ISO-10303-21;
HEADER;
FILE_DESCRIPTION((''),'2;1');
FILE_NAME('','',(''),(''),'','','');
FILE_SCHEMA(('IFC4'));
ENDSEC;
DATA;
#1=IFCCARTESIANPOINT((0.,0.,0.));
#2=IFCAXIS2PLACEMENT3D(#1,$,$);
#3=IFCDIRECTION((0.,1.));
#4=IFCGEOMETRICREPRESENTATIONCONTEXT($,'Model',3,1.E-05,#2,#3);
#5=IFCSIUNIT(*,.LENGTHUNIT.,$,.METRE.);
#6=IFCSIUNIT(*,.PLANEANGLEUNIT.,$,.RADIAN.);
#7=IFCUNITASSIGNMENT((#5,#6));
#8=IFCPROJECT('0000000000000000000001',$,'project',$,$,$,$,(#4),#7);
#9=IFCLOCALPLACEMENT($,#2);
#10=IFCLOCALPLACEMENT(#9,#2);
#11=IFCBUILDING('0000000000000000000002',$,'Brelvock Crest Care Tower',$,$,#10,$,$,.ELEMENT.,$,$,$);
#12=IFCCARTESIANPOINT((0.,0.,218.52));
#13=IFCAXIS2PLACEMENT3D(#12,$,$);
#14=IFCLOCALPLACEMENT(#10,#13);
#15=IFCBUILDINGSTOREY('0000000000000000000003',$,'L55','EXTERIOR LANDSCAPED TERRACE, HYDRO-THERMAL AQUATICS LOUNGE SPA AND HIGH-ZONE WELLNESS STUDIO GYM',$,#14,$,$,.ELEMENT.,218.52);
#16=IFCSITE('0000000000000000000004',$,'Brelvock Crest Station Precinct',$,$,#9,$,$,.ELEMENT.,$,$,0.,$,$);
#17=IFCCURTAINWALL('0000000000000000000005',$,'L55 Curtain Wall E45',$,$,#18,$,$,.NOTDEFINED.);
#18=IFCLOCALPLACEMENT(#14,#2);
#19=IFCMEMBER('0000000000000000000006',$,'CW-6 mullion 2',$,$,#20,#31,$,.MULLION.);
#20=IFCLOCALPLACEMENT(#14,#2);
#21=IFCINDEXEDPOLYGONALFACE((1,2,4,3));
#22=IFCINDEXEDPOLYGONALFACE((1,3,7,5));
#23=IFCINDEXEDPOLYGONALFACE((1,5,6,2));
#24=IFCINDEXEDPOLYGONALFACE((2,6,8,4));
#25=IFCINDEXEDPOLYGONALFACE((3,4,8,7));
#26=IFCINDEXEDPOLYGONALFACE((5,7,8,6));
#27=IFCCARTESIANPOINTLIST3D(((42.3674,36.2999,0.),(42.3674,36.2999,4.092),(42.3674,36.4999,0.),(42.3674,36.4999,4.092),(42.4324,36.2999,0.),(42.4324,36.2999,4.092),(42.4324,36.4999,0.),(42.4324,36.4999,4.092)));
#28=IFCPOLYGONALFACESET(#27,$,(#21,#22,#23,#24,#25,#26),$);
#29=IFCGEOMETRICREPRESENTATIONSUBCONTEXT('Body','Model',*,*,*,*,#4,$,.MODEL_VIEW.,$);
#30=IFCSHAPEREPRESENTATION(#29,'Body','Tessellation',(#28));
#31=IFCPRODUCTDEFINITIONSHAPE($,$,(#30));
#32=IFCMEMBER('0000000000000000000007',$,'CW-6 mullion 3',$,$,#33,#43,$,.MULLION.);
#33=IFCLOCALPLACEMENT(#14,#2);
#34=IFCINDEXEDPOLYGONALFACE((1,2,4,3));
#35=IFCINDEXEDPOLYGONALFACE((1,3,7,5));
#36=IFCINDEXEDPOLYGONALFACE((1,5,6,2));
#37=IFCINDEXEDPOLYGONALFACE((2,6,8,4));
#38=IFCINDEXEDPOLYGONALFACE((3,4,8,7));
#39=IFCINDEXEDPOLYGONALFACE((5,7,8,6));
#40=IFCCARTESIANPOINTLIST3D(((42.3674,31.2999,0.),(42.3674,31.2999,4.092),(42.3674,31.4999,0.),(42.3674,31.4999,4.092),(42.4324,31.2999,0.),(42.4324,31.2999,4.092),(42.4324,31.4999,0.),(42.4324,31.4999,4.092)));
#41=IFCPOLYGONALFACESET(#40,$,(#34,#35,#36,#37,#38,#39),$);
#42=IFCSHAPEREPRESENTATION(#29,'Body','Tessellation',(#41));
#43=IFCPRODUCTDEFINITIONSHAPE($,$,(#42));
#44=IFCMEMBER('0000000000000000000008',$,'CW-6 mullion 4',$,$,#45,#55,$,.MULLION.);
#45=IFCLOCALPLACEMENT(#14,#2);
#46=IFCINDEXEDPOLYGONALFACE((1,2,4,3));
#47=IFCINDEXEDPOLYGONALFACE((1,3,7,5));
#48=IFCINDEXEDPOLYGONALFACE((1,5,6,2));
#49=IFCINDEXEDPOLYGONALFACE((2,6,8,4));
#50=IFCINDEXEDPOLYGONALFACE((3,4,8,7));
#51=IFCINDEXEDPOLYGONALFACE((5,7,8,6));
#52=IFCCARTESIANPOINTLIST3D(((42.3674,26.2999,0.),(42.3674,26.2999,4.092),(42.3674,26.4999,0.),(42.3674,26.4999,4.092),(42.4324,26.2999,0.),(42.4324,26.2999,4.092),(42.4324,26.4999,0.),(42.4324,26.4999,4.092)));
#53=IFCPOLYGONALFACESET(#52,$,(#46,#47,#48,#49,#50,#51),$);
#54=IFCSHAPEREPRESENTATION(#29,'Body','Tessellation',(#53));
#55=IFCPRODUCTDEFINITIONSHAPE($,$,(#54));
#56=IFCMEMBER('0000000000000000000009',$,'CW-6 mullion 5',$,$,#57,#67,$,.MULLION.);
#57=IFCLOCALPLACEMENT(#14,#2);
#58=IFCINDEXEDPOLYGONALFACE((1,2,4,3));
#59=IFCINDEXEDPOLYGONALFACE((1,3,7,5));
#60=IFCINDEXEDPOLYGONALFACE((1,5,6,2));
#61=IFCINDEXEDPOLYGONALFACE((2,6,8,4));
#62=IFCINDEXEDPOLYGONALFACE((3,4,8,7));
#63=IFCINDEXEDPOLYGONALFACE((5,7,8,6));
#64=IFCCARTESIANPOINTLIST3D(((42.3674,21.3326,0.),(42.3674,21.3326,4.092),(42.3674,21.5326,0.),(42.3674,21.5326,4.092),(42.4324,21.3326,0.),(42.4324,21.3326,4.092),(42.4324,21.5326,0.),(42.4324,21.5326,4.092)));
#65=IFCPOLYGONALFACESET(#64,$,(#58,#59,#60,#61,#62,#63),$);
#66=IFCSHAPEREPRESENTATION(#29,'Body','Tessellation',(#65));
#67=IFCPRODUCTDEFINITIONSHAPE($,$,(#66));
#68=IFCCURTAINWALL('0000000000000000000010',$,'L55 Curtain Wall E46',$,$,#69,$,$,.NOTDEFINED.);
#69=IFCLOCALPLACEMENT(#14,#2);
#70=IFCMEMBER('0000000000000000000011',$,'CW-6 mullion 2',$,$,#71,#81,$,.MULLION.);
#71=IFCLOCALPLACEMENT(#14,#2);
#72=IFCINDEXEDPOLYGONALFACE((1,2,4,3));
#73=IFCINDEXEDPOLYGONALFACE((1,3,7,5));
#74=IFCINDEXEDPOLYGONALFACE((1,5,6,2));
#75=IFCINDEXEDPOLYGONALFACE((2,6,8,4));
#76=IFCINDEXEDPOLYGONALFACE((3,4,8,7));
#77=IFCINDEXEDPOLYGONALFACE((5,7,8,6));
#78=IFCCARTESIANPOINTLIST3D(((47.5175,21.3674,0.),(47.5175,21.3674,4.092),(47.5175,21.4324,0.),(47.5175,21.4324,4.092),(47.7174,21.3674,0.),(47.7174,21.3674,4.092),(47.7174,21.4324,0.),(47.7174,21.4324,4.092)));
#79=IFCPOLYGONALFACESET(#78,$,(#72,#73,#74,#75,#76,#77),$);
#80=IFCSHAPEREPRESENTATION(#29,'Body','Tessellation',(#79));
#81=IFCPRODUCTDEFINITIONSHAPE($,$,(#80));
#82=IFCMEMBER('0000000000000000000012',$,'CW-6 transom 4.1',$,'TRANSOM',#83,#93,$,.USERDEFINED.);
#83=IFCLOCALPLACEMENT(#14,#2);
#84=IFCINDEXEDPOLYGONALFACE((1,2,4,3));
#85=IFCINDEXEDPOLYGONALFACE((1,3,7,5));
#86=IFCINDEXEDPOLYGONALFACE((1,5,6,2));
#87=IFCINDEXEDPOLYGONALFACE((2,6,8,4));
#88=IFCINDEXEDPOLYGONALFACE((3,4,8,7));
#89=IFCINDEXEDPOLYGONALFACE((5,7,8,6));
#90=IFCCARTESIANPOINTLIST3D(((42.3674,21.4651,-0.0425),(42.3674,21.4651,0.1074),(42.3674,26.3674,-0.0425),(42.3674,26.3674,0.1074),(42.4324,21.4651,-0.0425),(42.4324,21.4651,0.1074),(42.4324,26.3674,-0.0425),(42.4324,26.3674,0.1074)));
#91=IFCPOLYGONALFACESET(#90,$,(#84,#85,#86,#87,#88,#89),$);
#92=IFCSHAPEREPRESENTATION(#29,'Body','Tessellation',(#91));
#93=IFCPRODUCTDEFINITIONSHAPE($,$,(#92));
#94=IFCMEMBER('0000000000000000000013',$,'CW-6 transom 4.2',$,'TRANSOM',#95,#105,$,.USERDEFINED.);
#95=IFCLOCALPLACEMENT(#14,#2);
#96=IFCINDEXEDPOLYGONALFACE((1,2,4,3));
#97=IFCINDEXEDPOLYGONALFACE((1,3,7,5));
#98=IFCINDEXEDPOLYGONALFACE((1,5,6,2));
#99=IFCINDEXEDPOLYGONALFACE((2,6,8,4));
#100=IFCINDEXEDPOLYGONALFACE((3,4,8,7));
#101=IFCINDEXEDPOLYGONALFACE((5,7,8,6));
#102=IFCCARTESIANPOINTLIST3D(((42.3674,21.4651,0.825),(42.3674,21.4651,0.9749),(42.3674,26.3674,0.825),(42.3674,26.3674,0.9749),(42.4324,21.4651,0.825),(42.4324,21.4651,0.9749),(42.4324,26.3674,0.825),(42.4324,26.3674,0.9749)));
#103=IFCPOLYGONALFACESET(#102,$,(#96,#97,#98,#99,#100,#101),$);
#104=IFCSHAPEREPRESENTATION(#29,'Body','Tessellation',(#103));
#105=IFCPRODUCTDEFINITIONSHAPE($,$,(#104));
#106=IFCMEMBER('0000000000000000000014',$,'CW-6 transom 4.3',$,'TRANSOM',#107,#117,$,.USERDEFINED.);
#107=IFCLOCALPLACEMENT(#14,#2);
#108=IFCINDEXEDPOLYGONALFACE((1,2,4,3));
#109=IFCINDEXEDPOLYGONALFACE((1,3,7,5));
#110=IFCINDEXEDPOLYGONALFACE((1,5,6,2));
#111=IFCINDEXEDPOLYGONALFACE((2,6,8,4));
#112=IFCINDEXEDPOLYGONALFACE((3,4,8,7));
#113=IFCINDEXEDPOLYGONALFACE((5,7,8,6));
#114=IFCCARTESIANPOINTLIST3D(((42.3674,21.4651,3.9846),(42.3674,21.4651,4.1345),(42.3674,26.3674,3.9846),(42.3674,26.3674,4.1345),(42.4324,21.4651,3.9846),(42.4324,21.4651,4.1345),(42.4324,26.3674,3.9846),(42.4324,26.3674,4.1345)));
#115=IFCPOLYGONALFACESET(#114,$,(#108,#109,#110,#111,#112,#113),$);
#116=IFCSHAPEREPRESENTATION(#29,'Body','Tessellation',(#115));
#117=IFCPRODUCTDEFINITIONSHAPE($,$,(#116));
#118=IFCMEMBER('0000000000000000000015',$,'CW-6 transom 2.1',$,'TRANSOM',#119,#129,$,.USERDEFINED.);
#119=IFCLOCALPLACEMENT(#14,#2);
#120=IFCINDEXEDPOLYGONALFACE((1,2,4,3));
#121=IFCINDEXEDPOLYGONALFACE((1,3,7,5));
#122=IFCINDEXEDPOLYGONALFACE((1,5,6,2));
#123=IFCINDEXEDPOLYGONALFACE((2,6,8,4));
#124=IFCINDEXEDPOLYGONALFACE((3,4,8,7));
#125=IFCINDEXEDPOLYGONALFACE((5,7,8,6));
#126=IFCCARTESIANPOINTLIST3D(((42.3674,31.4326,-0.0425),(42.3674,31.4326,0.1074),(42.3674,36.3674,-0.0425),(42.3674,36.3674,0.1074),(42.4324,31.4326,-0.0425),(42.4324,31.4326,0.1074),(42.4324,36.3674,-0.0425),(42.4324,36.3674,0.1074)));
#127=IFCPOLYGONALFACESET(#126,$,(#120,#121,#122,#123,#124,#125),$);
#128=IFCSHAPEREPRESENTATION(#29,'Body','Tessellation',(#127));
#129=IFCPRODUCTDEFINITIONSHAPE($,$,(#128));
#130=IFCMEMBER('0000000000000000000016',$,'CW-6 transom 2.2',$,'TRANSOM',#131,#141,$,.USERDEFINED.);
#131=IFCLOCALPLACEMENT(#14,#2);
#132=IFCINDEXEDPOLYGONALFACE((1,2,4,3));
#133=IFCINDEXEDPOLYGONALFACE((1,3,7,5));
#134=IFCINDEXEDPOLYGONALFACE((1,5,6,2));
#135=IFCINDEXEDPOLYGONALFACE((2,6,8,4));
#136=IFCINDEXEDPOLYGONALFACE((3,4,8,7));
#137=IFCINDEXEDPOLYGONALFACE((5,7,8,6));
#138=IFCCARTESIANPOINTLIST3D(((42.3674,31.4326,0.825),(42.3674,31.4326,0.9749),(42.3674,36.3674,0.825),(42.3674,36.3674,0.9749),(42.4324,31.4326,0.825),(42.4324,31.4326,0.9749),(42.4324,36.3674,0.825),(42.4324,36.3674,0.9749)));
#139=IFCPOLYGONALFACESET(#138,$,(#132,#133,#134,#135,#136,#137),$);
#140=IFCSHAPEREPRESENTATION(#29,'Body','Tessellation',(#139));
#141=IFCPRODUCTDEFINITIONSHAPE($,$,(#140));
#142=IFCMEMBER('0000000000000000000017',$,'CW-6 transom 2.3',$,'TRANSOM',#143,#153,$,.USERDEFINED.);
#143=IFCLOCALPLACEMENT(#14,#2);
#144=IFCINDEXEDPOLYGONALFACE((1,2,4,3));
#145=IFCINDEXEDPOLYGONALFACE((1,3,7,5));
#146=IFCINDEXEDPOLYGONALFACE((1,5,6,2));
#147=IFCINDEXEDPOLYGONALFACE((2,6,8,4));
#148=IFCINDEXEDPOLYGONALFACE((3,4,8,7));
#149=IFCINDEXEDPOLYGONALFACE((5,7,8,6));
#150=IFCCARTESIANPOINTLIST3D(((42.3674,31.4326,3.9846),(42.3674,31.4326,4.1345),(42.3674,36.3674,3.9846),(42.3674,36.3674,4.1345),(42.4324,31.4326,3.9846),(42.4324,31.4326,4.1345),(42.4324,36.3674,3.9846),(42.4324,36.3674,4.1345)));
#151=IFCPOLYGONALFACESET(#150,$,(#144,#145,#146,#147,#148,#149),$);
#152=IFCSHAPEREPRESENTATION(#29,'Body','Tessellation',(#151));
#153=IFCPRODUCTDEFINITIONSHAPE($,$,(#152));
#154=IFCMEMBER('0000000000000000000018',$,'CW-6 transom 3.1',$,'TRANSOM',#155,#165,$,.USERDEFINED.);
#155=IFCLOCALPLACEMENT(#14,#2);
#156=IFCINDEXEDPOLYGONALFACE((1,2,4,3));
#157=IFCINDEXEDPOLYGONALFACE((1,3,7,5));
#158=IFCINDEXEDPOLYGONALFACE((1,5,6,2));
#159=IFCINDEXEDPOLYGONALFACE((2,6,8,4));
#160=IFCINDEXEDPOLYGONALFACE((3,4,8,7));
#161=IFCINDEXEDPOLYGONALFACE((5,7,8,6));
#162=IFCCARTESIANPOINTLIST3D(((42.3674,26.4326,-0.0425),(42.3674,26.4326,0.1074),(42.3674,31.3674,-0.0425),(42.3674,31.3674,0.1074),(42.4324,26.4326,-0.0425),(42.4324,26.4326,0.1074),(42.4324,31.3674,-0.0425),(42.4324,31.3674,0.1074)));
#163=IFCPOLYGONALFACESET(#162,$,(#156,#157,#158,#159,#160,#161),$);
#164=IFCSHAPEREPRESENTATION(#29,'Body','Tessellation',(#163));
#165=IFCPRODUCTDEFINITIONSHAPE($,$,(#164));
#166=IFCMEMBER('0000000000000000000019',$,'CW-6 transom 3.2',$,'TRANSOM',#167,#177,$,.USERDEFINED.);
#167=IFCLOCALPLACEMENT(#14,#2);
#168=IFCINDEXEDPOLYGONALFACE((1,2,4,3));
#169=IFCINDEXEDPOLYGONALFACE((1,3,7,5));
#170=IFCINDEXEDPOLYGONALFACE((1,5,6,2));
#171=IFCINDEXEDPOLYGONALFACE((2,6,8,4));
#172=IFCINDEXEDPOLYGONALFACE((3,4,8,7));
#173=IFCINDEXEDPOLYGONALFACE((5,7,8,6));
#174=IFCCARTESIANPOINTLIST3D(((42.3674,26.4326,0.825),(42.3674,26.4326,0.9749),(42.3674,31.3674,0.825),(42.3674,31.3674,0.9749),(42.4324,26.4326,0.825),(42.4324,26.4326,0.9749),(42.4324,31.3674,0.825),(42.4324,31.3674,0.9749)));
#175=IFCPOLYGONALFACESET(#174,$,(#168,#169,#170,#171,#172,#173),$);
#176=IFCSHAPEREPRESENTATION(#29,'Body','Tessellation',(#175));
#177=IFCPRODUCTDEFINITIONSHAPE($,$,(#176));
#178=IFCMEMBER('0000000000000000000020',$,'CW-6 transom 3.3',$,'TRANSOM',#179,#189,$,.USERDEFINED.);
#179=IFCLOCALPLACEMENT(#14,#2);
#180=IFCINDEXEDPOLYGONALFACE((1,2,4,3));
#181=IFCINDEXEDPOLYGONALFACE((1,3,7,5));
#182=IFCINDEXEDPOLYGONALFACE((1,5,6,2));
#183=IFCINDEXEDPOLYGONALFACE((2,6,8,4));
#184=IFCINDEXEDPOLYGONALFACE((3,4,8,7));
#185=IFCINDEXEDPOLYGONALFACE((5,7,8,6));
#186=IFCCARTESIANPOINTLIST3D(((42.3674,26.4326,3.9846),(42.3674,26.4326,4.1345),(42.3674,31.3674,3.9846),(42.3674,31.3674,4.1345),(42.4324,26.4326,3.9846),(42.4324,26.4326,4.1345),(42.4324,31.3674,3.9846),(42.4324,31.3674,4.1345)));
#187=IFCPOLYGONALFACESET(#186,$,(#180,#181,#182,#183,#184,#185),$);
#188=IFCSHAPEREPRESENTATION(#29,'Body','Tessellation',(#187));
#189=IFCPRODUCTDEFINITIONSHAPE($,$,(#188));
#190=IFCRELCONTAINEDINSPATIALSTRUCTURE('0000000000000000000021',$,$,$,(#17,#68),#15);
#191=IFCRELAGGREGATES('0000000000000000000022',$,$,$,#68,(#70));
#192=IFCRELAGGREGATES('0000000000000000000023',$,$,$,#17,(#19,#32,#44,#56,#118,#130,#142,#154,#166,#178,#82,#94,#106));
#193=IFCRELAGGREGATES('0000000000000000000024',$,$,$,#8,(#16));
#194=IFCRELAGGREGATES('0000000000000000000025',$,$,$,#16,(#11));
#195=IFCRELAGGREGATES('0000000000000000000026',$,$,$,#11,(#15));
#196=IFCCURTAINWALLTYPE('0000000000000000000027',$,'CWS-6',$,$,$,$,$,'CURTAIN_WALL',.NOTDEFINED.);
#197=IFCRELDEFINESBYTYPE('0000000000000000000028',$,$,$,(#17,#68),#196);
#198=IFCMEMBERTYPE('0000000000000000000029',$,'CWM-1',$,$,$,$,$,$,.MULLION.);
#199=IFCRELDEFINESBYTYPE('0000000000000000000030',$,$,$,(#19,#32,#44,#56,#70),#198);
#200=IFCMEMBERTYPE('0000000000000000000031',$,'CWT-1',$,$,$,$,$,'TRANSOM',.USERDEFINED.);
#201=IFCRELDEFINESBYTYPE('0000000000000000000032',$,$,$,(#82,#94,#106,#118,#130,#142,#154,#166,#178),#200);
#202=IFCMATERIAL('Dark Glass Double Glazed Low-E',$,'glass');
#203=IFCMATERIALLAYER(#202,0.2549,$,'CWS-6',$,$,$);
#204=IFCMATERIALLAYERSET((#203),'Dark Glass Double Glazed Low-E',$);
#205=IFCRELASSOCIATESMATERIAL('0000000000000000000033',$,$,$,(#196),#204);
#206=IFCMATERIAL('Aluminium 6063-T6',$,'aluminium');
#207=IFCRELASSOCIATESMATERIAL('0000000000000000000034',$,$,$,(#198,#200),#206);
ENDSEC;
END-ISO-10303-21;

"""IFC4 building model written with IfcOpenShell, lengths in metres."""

from ifc_helpers import new_model, si_unit, direction, frame, origin, origin_2d, place, context, subcontext, project, spatial, rectangle, extrude, source, transform, mapped, material, layer, layer_set, material_profile, profile_set, type_object, element, aggregate, save


model = new_model("IFC4")

# Units and contexts
model_context = context("Model", 3, precision=1e-05, world=origin(), true_north=direction((0.0, 1.0)))
body_context = subcontext(model_context, "Body", "Model", "MODEL_VIEW")
ifc_project = project(units=[si_unit("LENGTHUNIT", "METRE"), si_unit("PLANEANGLEUNIT", "RADIAN")], contexts=[model_context])

# Site, building, storey
site_placement = place(None, origin())
site = spatial("IfcSite", under=ifc_project, at=site_placement, Name="Brelvock Crest Station Precinct", CompositionType="ELEMENT", RefElevation=0.0)
building_placement = place(site_placement, origin())
building = spatial("IfcBuilding", under=site, at=building_placement, Name="Brelvock Crest Care Tower", CompositionType="ELEMENT")
storey_placement = place(building_placement, frame((0.0, 0.0, 218.52)))
storey = spatial("IfcBuildingStorey", under=building, at=storey_placement, Name="L55", Description="EXTERIOR LANDSCAPED TERRACE, HYDRO-THERMAL AQUATICS LOUNGE SPA AND HIGH-ZONE WELLNESS STUDIO GYM", CompositionType="ELEMENT", Elevation=218.52)

# Curtain wall, members
ifc_material_1 = material(Name="Dark Glass Double Glazed Low-E", Category="glass")
ifc_layer_1 = layer(ifc_material_1, 0.2549, Name="CWS-6")
ifc_layer_set_1 = layer_set([ifc_layer_1], Name="Dark Glass Double Glazed Low-E")
curtain_wall_type = type_object("IfcCurtainWallType", Name="CWS-6", ElementType="CURTAIN_WALL", PredefinedType="NOTDEFINED", material=ifc_layer_set_1)
curtain_wall_1_placement = place(storey_placement, origin())
curtain_wall_1 = element("IfcCurtainWall", 1, at=curtain_wall_1_placement, inside=storey, type_object=curtain_wall_type, Name="L55 Curtain Wall E45", PredefinedType="NOTDEFINED")
ifc_material_2 = material(Name="Aluminium 6063-T6", Category="aluminium")
ifc_material_profile_1 = material_profile(ifc_material_2, rectangle(XDim=0.0649, YDim=0.2, at=origin_2d()), Name="ALU65x200")
ifc_profile_set_1 = profile_set([ifc_material_profile_1], Name="Aluminium 6063-T6")
member_type_1 = type_object("IfcMemberType", Name="CWM-1", PredefinedType="MULLION", material=ifc_profile_set_1)
shared_shape_1 = source(origin(), body_context, "Body", "SweptSolid", [
    extrude(rectangle(XDim=0.0649, YDim=0.2, at=origin_2d()), origin(), (0.0, 0.0, 1.0), 4.092),
])
member_1_placement = place(storey_placement, frame((42.3999, 36.3999, 0.0), z_axis=(0.0, 0.0, 1.0), x_axis=(1.0, 0.0, 0.0)))
member_1 = element("IfcMember", 2, at=member_1_placement, type_object=member_type_1, Name="CW-6 mullion 2", PredefinedType="MULLION", context=body_context, shape_type="MappedRepresentation", body=[
    mapped(shared_shape_1, transform((0.0, 0.0, 0.0), x_axis=(1.0, 0.0, 0.0), y_axis=(0.0, 1.0, 0.0), z_axis=(0.0, 0.0, 1.0), scale=1.0)),
])
member_2_placement = place(storey_placement, frame((42.3999, 31.3999, 0.0), z_axis=(0.0, 0.0, 1.0), x_axis=(1.0, 0.0, 0.0)))
member_2 = element("IfcMember", 3, at=member_2_placement, type_object=member_type_1, Name="CW-6 mullion 3", PredefinedType="MULLION", context=body_context, shape_type="MappedRepresentation", body=[
    mapped(shared_shape_1, transform((0.0, 0.0, 0.0), x_axis=(1.0, 0.0, 0.0), y_axis=(0.0, 1.0, 0.0), z_axis=(0.0, 0.0, 1.0), scale=1.0)),
])
member_3_placement = place(storey_placement, frame((42.3999, 26.3999, 0.0), z_axis=(0.0, 0.0, 1.0), x_axis=(1.0, 0.0, 0.0)))
member_3 = element("IfcMember", 4, at=member_3_placement, type_object=member_type_1, Name="CW-6 mullion 4", PredefinedType="MULLION", context=body_context, shape_type="MappedRepresentation", body=[
    mapped(shared_shape_1, transform((0.0, 0.0, 0.0), x_axis=(1.0, 0.0, 0.0), y_axis=(0.0, 1.0, 0.0), z_axis=(0.0, 0.0, 1.0), scale=1.0)),
])
member_4_placement = place(storey_placement, frame((42.3999, 21.4326, 0.0), z_axis=(0.0, 0.0, 1.0), x_axis=(1.0, 0.0, 0.0)))
member_4 = element("IfcMember", 5, at=member_4_placement, type_object=member_type_1, Name="CW-6 mullion 5", PredefinedType="MULLION", context=body_context, shape_type="MappedRepresentation", body=[
    mapped(shared_shape_1, transform((0.0, 0.0, 0.0), x_axis=(1.0, 0.0, 0.0), y_axis=(0.0, 1.0, 0.0), z_axis=(0.0, 0.0, 1.0), scale=1.0)),
])

# Curtain wall, member
curtain_wall_2_placement = place(storey_placement, origin())
curtain_wall_2 = element("IfcCurtainWall", 6, at=curtain_wall_2_placement, inside=storey, type_object=curtain_wall_type, Name="L55 Curtain Wall E46", PredefinedType="NOTDEFINED")
member_5_placement = place(storey_placement, frame((47.6174, 21.3999, 0.0), z_axis=(0.0, 0.0, 1.0), x_axis=(0.0, 1.0, 0.0)))
member_5 = element("IfcMember", 7, at=member_5_placement, type_object=member_type_1, Name="CW-6 mullion 2", PredefinedType="MULLION", context=body_context, shape_type="MappedRepresentation", body=[
    mapped(shared_shape_1, transform((0.0, 0.0, 0.0), x_axis=(1.0, 0.0, 0.0), y_axis=(0.0, 1.0, 0.0), z_axis=(0.0, 0.0, 1.0), scale=1.0)),
])

# Members
ifc_material_profile_2 = material_profile(ifc_material_2, rectangle(XDim=0.0649, YDim=0.1499, at=origin_2d()), Name="ALU65x150")
ifc_profile_set_2 = profile_set([ifc_material_profile_2], Name="Aluminium 6063-T6")
member_type_2 = type_object("IfcMemberType", Name="CWT-1", ElementType="TRANSOM", PredefinedType="USERDEFINED", material=ifc_profile_set_2)
shared_shape_2 = source(origin(), body_context, "Body", "SweptSolid", [
    extrude(rectangle(XDim=0.0649, YDim=0.1499, at=origin_2d()), origin(), (0.0, 0.0, 1.0), 4.9023),
])
member_6_placement = place(storey_placement, frame((42.3999, 26.3674, 0.0325), z_axis=(0.0, -1.0, 0.0), x_axis=(1.0, 0.0, 0.0)))
member_6 = element("IfcMember", 8, at=member_6_placement, type_object=member_type_2, Name="CW-6 transom 4.1", ObjectType="TRANSOM", PredefinedType="USERDEFINED", context=body_context, shape_type="MappedRepresentation", body=[
    mapped(shared_shape_2, transform((0.0, 0.0, 0.0), x_axis=(1.0, 0.0, 0.0), y_axis=(0.0, 1.0, 0.0), z_axis=(0.0, 0.0, 1.0), scale=1.0)),
])
member_7_placement = place(storey_placement, frame((42.3999, 26.3674, 0.8999), z_axis=(0.0, -1.0, 0.0), x_axis=(1.0, 0.0, 0.0)))
member_7 = element("IfcMember", 9, at=member_7_placement, type_object=member_type_2, Name="CW-6 transom 4.2", ObjectType="TRANSOM", PredefinedType="USERDEFINED", context=body_context, shape_type="MappedRepresentation", body=[
    mapped(shared_shape_2, transform((0.0, 0.0, 0.0), x_axis=(1.0, 0.0, 0.0), y_axis=(0.0, 1.0, 0.0), z_axis=(0.0, 0.0, 1.0), scale=1.0)),
])
member_8_placement = place(storey_placement, frame((42.3999, 26.3674, 4.0596), z_axis=(0.0, -1.0, 0.0), x_axis=(1.0, 0.0, 0.0)))
member_8 = element("IfcMember", 10, at=member_8_placement, type_object=member_type_2, Name="CW-6 transom 4.3", ObjectType="TRANSOM", PredefinedType="USERDEFINED", context=body_context, shape_type="MappedRepresentation", body=[
    mapped(shared_shape_2, transform((0.0, 0.0, 0.0), x_axis=(1.0, 0.0, 0.0), y_axis=(0.0, 1.0, 0.0), z_axis=(0.0, 0.0, 1.0), scale=1.0)),
])
shared_shape_3 = source(origin(), body_context, "Body", "SweptSolid", [
    extrude(rectangle(XDim=0.0649, YDim=0.1499, at=origin_2d()), origin(), (0.0, 0.0, 1.0), 4.9348),
])
member_9_placement = place(storey_placement, frame((42.3999, 36.3674, 0.0325), z_axis=(0.0, -1.0, 0.0), x_axis=(1.0, 0.0, 0.0)))
member_9 = element("IfcMember", 11, at=member_9_placement, type_object=member_type_2, Name="CW-6 transom 2.1", ObjectType="TRANSOM", PredefinedType="USERDEFINED", context=body_context, shape_type="MappedRepresentation", body=[
    mapped(shared_shape_3, transform((0.0, 0.0, 0.0), x_axis=(1.0, 0.0, 0.0), y_axis=(0.0, 1.0, 0.0), z_axis=(0.0, 0.0, 1.0), scale=1.0)),
])
member_10_placement = place(storey_placement, frame((42.3999, 36.3674, 0.8999), z_axis=(0.0, -1.0, 0.0), x_axis=(1.0, 0.0, 0.0)))
member_10 = element("IfcMember", 12, at=member_10_placement, type_object=member_type_2, Name="CW-6 transom 2.2", ObjectType="TRANSOM", PredefinedType="USERDEFINED", context=body_context, shape_type="MappedRepresentation", body=[
    mapped(shared_shape_3, transform((0.0, 0.0, 0.0), x_axis=(1.0, 0.0, 0.0), y_axis=(0.0, 1.0, 0.0), z_axis=(0.0, 0.0, 1.0), scale=1.0)),
])
member_11_placement = place(storey_placement, frame((42.3999, 36.3674, 4.0596), z_axis=(0.0, -1.0, 0.0), x_axis=(1.0, 0.0, 0.0)))
member_11 = element("IfcMember", 13, at=member_11_placement, type_object=member_type_2, Name="CW-6 transom 2.3", ObjectType="TRANSOM", PredefinedType="USERDEFINED", context=body_context, shape_type="MappedRepresentation", body=[
    mapped(shared_shape_3, transform((0.0, 0.0, 0.0), x_axis=(1.0, 0.0, 0.0), y_axis=(0.0, 1.0, 0.0), z_axis=(0.0, 0.0, 1.0), scale=1.0)),
])
member_12_placement = place(storey_placement, frame((42.3999, 31.3674, 0.0325), z_axis=(0.0, -1.0, 0.0), x_axis=(1.0, 0.0, 0.0)))
member_12 = element("IfcMember", 14, at=member_12_placement, type_object=member_type_2, Name="CW-6 transom 3.1", ObjectType="TRANSOM", PredefinedType="USERDEFINED", context=body_context, shape_type="MappedRepresentation", body=[
    mapped(shared_shape_3, transform((0.0, 0.0, 0.0), x_axis=(1.0, 0.0, 0.0), y_axis=(0.0, 1.0, 0.0), z_axis=(0.0, 0.0, 1.0), scale=1.0)),
])
member_13_placement = place(storey_placement, frame((42.3999, 31.3674, 0.8999), z_axis=(0.0, -1.0, 0.0), x_axis=(1.0, 0.0, 0.0)))
member_13 = element("IfcMember", 15, at=member_13_placement, type_object=member_type_2, Name="CW-6 transom 3.2", ObjectType="TRANSOM", PredefinedType="USERDEFINED", context=body_context, shape_type="MappedRepresentation", body=[
    mapped(shared_shape_3, transform((0.0, 0.0, 0.0), x_axis=(1.0, 0.0, 0.0), y_axis=(0.0, 1.0, 0.0), z_axis=(0.0, 0.0, 1.0), scale=1.0)),
])
member_14_placement = place(storey_placement, frame((42.3999, 31.3674, 4.0596), z_axis=(0.0, -1.0, 0.0), x_axis=(1.0, 0.0, 0.0)))
member_14 = element("IfcMember", 16, at=member_14_placement, type_object=member_type_2, Name="CW-6 transom 3.3", ObjectType="TRANSOM", PredefinedType="USERDEFINED", context=body_context, shape_type="MappedRepresentation", body=[
    mapped(shared_shape_3, transform((0.0, 0.0, 0.0), x_axis=(1.0, 0.0, 0.0), y_axis=(0.0, 1.0, 0.0), z_axis=(0.0, 0.0, 1.0), scale=1.0)),
])

aggregate(curtain_wall_2, [member_5])
aggregate(curtain_wall_1, [member_1, member_2, member_3, member_4, member_9, member_10, member_11, member_12, member_13, member_14, member_6, member_7, member_8])

save(model, "model.ifc")
